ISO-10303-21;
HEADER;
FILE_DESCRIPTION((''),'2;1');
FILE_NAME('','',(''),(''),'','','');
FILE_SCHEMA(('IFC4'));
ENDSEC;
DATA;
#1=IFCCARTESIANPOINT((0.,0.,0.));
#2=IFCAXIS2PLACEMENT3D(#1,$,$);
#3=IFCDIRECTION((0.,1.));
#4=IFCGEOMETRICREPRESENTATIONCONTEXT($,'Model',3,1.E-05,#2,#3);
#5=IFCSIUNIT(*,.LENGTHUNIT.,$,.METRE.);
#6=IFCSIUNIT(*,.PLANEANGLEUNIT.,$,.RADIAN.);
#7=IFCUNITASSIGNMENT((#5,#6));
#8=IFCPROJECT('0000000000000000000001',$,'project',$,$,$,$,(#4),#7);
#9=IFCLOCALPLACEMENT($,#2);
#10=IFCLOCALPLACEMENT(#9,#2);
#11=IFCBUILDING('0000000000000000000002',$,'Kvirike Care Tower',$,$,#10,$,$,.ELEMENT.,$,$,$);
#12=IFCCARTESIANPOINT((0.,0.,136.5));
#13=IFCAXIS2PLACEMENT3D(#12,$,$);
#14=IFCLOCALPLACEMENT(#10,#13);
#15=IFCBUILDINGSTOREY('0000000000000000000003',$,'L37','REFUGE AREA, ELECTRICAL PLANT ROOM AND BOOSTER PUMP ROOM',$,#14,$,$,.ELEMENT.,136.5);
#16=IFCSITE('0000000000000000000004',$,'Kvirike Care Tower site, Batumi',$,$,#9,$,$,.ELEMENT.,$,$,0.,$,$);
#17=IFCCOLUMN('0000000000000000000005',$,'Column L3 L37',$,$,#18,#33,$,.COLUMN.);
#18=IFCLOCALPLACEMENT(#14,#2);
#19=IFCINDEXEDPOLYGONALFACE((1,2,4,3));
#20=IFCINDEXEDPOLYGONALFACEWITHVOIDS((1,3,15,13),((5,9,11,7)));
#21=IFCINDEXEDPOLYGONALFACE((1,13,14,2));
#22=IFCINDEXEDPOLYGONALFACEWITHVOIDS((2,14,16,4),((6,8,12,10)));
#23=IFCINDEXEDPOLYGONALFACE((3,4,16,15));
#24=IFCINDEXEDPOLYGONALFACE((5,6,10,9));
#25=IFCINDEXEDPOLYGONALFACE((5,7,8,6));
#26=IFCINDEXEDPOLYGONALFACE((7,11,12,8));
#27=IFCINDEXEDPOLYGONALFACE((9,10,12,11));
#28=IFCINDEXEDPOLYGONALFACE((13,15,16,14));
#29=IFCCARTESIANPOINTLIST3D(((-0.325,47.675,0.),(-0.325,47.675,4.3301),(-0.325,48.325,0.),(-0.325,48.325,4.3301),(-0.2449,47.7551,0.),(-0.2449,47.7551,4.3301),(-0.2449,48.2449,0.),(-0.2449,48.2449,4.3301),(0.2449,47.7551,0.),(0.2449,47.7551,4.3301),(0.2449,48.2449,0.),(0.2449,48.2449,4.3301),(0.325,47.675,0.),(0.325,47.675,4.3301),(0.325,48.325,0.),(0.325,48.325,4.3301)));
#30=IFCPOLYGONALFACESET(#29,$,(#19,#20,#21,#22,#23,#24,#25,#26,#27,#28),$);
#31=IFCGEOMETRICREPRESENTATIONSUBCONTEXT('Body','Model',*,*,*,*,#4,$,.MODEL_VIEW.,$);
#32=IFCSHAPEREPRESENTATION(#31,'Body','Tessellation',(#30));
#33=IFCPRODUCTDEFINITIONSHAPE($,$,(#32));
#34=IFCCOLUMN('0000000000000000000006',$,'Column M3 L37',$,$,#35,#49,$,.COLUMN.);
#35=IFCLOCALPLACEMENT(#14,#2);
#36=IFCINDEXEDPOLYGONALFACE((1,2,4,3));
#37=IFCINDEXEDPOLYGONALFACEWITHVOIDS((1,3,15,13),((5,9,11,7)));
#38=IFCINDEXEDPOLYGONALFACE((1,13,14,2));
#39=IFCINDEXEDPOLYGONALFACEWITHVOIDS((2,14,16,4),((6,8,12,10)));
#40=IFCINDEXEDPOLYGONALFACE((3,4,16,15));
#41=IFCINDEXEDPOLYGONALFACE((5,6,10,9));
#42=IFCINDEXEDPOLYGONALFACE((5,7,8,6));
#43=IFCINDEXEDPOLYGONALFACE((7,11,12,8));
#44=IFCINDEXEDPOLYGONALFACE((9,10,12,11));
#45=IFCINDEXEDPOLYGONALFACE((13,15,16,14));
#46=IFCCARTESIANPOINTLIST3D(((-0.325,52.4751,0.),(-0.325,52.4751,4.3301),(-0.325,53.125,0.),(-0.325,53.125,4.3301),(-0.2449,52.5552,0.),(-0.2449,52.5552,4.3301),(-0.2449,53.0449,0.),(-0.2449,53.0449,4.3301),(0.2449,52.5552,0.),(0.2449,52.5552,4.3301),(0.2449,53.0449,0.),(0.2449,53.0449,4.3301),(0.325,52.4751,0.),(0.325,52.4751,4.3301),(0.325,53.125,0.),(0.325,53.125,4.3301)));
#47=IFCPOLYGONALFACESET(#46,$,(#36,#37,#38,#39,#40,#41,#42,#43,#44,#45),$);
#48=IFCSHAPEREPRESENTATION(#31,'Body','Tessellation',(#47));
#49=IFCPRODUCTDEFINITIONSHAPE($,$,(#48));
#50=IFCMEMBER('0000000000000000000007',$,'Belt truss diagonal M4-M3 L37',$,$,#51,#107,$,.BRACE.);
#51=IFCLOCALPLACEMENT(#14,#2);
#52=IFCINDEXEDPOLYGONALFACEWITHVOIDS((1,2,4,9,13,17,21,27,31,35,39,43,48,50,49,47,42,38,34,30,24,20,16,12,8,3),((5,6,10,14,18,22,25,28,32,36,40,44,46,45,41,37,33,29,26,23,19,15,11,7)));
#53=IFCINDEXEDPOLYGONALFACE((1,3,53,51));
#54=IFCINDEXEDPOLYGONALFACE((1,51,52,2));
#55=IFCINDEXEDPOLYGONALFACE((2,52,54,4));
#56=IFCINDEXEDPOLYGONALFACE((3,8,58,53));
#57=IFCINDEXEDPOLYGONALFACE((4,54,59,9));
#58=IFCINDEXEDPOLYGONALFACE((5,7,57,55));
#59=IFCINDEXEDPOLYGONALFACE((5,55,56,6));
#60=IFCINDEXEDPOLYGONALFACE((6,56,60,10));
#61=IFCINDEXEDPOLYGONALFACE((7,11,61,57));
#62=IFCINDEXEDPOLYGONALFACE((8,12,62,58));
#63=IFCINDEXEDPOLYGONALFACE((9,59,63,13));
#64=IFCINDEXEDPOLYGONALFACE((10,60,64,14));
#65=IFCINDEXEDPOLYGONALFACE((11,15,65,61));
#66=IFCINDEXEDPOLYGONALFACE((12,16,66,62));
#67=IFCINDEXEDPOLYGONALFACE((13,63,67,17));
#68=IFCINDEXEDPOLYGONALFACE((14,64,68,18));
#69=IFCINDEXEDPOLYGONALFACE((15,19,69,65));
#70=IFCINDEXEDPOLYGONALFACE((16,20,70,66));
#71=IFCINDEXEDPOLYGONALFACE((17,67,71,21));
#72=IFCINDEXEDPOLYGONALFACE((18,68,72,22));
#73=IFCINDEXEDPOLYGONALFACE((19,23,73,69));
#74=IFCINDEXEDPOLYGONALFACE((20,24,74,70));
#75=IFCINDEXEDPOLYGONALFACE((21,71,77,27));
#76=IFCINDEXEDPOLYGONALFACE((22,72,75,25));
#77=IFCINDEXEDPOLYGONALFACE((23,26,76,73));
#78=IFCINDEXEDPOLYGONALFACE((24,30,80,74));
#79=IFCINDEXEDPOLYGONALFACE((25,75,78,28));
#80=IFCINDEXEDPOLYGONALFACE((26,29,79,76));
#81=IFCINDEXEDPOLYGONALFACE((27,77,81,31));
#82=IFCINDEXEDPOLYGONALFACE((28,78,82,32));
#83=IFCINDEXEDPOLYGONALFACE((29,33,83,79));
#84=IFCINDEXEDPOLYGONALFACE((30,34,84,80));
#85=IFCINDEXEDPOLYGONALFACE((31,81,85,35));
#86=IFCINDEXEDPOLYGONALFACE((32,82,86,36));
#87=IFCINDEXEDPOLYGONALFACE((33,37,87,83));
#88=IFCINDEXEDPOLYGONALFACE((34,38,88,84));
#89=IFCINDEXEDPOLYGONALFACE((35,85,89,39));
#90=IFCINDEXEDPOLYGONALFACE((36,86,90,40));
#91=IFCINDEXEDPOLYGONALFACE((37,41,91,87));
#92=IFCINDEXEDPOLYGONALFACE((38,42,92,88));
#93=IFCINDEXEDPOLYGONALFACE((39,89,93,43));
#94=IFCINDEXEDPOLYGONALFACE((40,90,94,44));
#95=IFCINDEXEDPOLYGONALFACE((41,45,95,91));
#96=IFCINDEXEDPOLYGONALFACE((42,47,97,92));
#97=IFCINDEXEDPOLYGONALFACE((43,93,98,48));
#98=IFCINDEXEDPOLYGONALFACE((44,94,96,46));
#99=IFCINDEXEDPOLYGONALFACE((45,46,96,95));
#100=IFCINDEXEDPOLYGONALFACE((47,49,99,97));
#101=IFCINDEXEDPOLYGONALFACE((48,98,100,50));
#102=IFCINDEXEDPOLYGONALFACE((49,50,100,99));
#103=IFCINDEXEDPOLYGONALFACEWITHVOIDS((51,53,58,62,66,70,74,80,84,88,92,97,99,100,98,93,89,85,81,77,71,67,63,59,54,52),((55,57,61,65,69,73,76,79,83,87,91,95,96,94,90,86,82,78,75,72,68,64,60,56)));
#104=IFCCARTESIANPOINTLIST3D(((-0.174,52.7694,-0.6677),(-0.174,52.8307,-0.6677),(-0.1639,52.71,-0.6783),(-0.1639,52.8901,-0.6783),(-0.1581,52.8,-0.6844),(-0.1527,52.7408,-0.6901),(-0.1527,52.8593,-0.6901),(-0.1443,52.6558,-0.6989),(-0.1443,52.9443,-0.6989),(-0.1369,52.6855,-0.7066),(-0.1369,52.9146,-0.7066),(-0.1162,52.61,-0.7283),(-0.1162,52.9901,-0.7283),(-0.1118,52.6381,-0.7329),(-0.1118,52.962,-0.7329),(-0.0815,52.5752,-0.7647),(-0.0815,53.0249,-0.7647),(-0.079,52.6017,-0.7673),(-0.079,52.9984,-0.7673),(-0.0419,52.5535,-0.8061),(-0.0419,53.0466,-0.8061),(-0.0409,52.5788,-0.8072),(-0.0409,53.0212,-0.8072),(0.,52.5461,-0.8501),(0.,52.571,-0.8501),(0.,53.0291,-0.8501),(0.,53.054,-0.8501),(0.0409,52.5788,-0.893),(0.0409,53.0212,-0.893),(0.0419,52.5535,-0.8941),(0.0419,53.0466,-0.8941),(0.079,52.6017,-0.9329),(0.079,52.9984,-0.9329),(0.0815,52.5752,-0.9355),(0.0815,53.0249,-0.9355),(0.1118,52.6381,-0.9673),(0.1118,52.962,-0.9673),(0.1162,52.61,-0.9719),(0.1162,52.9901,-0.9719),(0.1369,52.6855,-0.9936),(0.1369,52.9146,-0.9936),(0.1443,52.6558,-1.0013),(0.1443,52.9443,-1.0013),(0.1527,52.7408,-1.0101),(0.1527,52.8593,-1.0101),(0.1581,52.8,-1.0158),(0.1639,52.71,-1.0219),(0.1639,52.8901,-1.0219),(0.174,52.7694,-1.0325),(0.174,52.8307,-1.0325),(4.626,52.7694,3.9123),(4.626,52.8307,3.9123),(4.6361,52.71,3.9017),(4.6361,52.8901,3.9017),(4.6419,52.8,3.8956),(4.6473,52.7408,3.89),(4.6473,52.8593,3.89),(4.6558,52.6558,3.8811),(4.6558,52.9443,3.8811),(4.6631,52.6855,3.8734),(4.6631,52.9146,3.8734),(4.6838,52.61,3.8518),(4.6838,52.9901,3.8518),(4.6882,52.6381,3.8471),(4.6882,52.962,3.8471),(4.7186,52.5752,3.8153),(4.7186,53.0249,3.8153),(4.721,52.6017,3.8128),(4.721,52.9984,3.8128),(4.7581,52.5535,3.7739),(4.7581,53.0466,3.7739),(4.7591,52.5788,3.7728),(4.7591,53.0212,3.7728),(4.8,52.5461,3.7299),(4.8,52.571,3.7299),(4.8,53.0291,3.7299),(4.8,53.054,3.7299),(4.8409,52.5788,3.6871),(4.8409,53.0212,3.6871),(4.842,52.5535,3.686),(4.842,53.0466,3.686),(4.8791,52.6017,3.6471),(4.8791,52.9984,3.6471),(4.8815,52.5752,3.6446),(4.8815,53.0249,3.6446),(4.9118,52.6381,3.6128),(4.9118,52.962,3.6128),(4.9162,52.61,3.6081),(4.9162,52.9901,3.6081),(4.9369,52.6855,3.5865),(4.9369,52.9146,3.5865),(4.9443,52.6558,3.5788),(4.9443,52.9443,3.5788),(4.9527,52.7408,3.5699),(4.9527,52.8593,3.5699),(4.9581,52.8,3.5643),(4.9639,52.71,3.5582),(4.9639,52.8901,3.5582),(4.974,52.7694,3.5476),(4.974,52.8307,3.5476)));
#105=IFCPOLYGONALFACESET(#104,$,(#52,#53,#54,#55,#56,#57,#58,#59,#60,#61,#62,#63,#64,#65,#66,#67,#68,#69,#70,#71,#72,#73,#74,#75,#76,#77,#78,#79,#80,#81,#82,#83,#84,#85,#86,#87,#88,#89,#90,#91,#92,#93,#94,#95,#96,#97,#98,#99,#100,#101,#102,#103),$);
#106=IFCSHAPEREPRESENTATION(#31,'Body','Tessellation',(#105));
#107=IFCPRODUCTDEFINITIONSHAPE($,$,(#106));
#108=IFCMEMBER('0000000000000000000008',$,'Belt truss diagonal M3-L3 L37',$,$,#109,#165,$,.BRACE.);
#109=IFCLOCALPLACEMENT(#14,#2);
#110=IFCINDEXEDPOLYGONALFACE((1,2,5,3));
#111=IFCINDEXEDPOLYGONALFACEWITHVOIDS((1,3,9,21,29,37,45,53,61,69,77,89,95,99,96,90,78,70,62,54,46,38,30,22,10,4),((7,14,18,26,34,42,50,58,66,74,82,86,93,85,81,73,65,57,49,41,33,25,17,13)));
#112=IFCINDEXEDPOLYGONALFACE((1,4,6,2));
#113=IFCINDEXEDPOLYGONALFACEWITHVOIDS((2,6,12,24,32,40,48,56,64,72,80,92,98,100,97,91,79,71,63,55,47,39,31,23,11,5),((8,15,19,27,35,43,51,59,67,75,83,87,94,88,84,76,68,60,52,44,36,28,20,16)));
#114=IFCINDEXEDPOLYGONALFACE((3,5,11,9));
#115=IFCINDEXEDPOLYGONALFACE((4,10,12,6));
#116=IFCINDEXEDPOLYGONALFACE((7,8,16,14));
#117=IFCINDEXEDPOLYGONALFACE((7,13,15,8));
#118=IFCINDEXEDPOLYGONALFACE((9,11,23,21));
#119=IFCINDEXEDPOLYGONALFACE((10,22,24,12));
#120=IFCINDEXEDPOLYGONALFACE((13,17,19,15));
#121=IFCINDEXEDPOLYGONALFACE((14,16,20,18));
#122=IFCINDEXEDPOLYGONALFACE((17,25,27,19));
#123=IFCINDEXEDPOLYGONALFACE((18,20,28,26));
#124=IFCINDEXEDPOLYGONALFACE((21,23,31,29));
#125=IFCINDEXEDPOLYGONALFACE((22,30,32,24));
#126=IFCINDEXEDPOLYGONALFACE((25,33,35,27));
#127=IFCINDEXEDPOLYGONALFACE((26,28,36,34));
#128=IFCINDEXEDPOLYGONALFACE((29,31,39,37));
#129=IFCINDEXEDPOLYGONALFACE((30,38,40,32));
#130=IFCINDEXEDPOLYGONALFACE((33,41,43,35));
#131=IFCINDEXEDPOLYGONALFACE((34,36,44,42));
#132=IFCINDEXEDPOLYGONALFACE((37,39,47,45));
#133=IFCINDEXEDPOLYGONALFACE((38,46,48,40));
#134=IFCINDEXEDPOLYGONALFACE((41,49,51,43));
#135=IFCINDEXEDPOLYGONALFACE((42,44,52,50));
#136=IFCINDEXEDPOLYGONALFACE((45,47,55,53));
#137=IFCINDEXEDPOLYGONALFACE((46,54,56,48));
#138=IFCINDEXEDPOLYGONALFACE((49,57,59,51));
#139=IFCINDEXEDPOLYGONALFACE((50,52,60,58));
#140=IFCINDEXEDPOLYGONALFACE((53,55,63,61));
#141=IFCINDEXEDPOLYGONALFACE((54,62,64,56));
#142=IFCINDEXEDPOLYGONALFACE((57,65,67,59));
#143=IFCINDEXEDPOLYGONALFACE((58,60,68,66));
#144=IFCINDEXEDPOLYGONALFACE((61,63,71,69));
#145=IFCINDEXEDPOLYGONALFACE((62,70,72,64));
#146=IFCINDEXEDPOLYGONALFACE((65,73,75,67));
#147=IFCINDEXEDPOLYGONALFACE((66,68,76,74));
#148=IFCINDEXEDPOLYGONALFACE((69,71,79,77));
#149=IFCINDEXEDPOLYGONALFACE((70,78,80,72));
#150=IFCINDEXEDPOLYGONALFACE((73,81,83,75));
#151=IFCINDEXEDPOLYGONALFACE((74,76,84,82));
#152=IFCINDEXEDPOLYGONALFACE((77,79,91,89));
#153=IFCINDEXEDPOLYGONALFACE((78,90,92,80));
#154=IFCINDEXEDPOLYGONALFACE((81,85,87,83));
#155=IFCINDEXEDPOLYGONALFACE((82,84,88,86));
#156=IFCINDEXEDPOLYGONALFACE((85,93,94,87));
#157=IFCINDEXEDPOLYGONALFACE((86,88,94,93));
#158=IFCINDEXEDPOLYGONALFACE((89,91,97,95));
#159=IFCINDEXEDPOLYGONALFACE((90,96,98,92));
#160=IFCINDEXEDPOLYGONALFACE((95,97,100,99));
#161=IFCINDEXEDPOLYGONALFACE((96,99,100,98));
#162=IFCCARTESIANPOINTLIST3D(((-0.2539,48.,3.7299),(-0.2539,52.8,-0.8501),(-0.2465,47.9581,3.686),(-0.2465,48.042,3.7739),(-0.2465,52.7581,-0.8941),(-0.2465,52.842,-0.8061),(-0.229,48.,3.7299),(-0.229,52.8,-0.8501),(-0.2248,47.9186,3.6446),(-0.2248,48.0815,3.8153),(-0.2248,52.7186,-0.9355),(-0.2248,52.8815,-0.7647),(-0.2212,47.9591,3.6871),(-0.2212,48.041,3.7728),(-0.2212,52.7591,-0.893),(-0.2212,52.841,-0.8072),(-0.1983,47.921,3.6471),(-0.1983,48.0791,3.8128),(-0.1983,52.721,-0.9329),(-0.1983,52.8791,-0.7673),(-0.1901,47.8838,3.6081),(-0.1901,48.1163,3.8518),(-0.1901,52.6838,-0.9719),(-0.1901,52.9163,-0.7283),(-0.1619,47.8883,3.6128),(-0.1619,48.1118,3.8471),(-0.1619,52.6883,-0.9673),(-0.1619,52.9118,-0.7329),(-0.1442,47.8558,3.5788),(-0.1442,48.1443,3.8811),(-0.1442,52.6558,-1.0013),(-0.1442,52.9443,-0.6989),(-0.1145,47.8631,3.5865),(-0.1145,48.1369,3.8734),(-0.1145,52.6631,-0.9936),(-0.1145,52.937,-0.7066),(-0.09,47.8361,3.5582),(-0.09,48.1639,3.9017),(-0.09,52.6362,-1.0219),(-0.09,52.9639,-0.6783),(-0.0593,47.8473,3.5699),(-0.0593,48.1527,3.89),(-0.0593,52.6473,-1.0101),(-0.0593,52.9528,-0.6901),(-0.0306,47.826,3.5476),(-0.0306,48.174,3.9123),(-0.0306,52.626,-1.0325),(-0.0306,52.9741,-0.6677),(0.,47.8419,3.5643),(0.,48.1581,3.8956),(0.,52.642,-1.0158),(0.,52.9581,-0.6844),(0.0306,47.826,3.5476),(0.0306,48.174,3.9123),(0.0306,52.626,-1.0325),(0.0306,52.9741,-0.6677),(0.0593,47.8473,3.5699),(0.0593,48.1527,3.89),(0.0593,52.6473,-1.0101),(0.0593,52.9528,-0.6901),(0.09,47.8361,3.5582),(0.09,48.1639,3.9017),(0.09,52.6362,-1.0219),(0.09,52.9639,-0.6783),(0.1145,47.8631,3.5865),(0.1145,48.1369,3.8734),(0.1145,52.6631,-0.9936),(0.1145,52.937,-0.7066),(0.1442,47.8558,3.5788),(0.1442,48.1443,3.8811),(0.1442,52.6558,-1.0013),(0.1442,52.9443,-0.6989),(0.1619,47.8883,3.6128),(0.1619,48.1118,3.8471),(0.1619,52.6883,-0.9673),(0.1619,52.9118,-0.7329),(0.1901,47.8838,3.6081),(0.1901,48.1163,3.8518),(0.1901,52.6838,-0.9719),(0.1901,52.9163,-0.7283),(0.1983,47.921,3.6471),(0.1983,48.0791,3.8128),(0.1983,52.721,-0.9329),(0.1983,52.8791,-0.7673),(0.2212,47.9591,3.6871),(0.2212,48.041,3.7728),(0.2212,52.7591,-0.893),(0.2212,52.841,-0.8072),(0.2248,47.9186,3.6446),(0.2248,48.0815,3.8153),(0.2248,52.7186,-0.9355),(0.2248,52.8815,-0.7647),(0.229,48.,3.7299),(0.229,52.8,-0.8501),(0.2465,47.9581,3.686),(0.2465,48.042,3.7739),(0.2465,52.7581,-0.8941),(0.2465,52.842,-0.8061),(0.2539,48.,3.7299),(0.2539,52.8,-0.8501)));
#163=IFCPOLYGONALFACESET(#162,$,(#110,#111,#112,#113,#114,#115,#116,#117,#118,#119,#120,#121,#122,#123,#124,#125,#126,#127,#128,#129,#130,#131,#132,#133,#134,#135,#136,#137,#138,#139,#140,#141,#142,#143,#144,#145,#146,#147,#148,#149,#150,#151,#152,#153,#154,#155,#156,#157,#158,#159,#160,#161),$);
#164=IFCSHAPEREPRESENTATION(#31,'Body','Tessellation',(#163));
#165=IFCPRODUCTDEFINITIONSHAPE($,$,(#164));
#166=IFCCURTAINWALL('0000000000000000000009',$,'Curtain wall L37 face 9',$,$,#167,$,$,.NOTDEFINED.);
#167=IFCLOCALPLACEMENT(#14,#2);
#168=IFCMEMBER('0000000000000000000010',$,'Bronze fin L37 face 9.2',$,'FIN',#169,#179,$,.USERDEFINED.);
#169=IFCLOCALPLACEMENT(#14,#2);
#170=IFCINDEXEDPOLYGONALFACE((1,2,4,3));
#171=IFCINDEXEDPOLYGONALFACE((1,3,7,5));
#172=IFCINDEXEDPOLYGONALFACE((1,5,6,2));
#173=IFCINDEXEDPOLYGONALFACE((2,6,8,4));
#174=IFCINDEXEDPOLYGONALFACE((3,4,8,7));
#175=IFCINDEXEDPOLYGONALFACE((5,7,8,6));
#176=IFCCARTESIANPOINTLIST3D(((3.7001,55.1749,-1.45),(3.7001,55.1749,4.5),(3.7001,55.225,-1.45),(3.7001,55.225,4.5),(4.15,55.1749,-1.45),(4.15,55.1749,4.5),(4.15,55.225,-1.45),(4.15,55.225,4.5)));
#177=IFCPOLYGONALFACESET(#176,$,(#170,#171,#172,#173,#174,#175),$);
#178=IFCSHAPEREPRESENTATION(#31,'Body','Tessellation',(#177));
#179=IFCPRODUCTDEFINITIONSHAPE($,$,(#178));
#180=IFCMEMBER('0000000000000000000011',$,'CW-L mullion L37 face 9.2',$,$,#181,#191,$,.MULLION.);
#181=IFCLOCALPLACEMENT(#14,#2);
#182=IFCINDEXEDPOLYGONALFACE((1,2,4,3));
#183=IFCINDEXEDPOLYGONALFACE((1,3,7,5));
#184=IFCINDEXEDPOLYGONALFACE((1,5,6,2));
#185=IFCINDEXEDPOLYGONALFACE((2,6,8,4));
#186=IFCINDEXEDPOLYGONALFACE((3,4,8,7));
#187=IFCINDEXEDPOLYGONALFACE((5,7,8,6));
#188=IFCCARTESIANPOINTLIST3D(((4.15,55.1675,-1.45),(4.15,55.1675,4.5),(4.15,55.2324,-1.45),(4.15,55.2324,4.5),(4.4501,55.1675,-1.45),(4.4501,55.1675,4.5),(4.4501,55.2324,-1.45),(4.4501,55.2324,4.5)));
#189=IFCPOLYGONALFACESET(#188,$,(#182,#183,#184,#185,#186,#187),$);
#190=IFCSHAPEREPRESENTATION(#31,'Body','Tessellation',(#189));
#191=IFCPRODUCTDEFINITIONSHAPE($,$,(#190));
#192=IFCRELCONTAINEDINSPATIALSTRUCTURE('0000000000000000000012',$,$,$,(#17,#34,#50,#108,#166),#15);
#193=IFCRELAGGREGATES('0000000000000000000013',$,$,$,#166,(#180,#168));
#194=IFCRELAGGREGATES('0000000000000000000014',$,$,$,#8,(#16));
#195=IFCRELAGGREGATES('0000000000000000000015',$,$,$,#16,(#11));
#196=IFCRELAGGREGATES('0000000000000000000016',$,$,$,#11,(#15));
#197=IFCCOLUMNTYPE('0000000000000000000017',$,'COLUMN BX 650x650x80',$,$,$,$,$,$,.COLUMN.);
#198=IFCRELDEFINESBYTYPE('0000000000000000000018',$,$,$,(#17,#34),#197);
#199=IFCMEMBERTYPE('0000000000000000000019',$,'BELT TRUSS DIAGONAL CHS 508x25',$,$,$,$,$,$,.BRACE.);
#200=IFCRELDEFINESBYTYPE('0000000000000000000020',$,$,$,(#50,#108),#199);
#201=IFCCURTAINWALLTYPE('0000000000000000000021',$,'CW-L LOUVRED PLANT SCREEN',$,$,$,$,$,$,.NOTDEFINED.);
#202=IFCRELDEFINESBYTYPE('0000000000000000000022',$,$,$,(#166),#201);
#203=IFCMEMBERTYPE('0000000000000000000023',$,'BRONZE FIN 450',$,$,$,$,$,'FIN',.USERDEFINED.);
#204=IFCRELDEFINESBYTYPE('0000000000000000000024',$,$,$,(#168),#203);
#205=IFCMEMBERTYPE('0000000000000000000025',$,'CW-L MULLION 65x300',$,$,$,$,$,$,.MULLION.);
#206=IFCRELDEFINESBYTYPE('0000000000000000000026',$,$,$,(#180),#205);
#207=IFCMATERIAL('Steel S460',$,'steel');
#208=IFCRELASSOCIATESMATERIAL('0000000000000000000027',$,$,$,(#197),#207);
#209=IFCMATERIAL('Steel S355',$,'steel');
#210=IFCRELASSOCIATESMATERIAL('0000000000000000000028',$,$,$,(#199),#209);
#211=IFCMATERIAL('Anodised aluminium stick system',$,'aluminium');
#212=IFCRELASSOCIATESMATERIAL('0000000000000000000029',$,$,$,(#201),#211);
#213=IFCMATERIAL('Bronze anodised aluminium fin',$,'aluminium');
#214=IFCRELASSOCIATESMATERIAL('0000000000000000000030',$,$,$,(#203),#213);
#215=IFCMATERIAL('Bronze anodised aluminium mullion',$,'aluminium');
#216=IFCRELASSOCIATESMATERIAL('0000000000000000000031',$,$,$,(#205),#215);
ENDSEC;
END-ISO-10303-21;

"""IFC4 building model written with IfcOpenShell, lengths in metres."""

from ifc_helpers import new_model, si_unit, direction, frame, origin, origin_2d, place, context, subcontext, project, spatial, rectangle, hollow_rectangle, hollow_circle, extrude, material, material_profile, profile_set, type_object, element, aggregate, save


model = new_model("IFC4")

# Units and contexts
model_context = context("Model", 3, precision=1e-05, world=origin(), true_north=direction((0.0, 1.0)))
body_context = subcontext(model_context, "Body", "Model", "MODEL_VIEW")
ifc_project = project(units=[si_unit("LENGTHUNIT", "METRE"), si_unit("PLANEANGLEUNIT", "RADIAN")], contexts=[model_context])

# Site, building, storey
site_placement = place(None, origin())
site = spatial("IfcSite", under=ifc_project, at=site_placement, Name="Kvirike Care Tower site, Batumi", CompositionType="ELEMENT", RefElevation=0.0)
building_placement = place(site_placement, origin())
building = spatial("IfcBuilding", under=site, at=building_placement, Name="Kvirike Care Tower", CompositionType="ELEMENT")
storey_placement = place(building_placement, frame((0.0, 0.0, 136.5)))
storey = spatial("IfcBuildingStorey", under=building, at=storey_placement, Name="L37", Description="REFUGE AREA, ELECTRICAL PLANT ROOM AND BOOSTER PUMP ROOM", CompositionType="ELEMENT", Elevation=136.5)

# Columns
ifc_material_1 = material(Name="Steel S460", Category="steel")
ifc_material_profile_1 = material_profile(ifc_material_1, hollow_rectangle(XDim=0.6499, YDim=0.6499, WallThickness=0.0801, at=origin_2d()), Name="BX 650x650x80")
ifc_profile_set_1 = profile_set([ifc_material_profile_1], Name="Steel S460")
column_type = type_object("IfcColumnType", Name="COLUMN BX 650x650x80", PredefinedType="COLUMN", material=ifc_profile_set_1)
for number, where, z_axis, x_axis, name in (
    (1, (0.0, 48.0, 0.0), (0.0, 0.0, 1.0), (1.0, 0.0, 0.0), "Column L3 L37"),
    (2, (0.0, 52.8, 0.0), (0.0, 0.0, 1.0), (0.0, 1.0, 0.0), "Column M3 L37"),
):
    element("IfcColumn", number, at=place(storey_placement, frame(where, z_axis=z_axis, x_axis=x_axis)), inside=storey, type_object=column_type, Name=name, PredefinedType="COLUMN", context=body_context, shape_type="SweptSolid", body=[
        extrude(hollow_rectangle(XDim=0.6499, YDim=0.6499, WallThickness=0.0801, at=origin_2d()), origin(), (0.0, 0.0, 1.0), 4.3301),
    ])

# Members
ifc_material_2 = material(Name="Steel S355", Category="steel")
ifc_material_profile_2 = material_profile(ifc_material_2, hollow_circle(Radius=0.2539, WallThickness=0.0249, at=origin_2d()), Name="CHS 508x25")
ifc_profile_set_2 = profile_set([ifc_material_profile_2], Name="Steel S355")
member_type_1 = type_object("IfcMemberType", Name="BELT TRUSS DIAGONAL CHS 508x25", PredefinedType="BRACE", material=ifc_profile_set_2)
for number, where, z_axis, x_axis, name in (
    (3, (0.0, 52.8, -0.8501), (0.72349, 0.0, 0.690335), (0.0, 1.0, 0.0), "Belt truss diagonal M4-M3 L37"),
    (4, (0.0, 52.8, -0.8501), (0.0, -0.72349, 0.690335), (1.0, 0.0, 0.0), "Belt truss diagonal M3-L3 L37"),
):
    element("IfcMember", number, at=place(storey_placement, frame(where, z_axis=z_axis, x_axis=x_axis)), inside=storey, type_object=member_type_1, Name=name, PredefinedType="BRACE", context=body_context, shape_type="SweptSolid", body=[
        extrude(hollow_circle(Radius=0.2539, WallThickness=0.0249, at=origin_2d()), origin(), (0.0, 0.0, 1.0), 6.6345),
    ])

# Curtain wall, members
ifc_material_3 = material(Name="Anodised aluminium stick system", Category="aluminium")
curtain_wall_type = type_object("IfcCurtainWallType", Name="CW-L LOUVRED PLANT SCREEN", PredefinedType="NOTDEFINED", material=ifc_material_3)
curtain_wall_1_placement = place(storey_placement, origin())
curtain_wall_1 = element("IfcCurtainWall", 5, at=curtain_wall_1_placement, inside=storey, type_object=curtain_wall_type, Name="Curtain wall L37 face 9", PredefinedType="NOTDEFINED")
ifc_material_4 = material(Name="Bronze anodised aluminium fin", Category="aluminium")
ifc_material_profile_3 = material_profile(ifc_material_4, rectangle(XDim=0.05, YDim=0.45, at=origin_2d()), Name="BRONZE FIN 450")
ifc_profile_set_3 = profile_set([ifc_material_profile_3], Name="Bronze anodised aluminium fin")
member_type_2 = type_object("IfcMemberType", Name="BRONZE FIN 450", ElementType="FIN", PredefinedType="USERDEFINED", material=ifc_profile_set_3)
member_1_placement = place(storey_placement, frame((3.925, 55.2, -1.45), z_axis=(0.0, 0.0, 1.0), x_axis=(0.0, -1.0, 0.0)))
member_1 = element("IfcMember", 6, at=member_1_placement, type_object=member_type_2, Name="Bronze fin L37 face 9.2", ObjectType="FIN", PredefinedType="USERDEFINED", context=body_context, shape_type="SweptSolid", body=[
    extrude(rectangle(XDim=0.05, YDim=0.45, at=origin_2d()), origin(), (0.0, 0.0, 1.0), 5.95),
])
ifc_material_5 = material(Name="Bronze anodised aluminium mullion", Category="aluminium")
ifc_material_profile_4 = material_profile(ifc_material_5, rectangle(XDim=0.0649, YDim=0.3, at=origin_2d()), Name="CW-L MULLION 65x300")
ifc_profile_set_4 = profile_set([ifc_material_profile_4], Name="Bronze anodised aluminium mullion")
member_type_3 = type_object("IfcMemberType", Name="CW-L MULLION 65x300", PredefinedType="MULLION", material=ifc_profile_set_4)
member_2_placement = place(storey_placement, frame((4.3, 55.2, -1.45), z_axis=(0.0, 0.0, 1.0), x_axis=(0.0, -1.0, 0.0)))
member_2 = element("IfcMember", 7, at=member_2_placement, type_object=member_type_3, Name="CW-L mullion L37 face 9.2", PredefinedType="MULLION", context=body_context, shape_type="SweptSolid", body=[
    extrude(rectangle(XDim=0.0649, YDim=0.3, at=origin_2d()), origin(), (0.0, 0.0, 1.0), 5.95),
])

aggregate(curtain_wall_1, [member_2, member_1])

save(model, "model.ifc")
